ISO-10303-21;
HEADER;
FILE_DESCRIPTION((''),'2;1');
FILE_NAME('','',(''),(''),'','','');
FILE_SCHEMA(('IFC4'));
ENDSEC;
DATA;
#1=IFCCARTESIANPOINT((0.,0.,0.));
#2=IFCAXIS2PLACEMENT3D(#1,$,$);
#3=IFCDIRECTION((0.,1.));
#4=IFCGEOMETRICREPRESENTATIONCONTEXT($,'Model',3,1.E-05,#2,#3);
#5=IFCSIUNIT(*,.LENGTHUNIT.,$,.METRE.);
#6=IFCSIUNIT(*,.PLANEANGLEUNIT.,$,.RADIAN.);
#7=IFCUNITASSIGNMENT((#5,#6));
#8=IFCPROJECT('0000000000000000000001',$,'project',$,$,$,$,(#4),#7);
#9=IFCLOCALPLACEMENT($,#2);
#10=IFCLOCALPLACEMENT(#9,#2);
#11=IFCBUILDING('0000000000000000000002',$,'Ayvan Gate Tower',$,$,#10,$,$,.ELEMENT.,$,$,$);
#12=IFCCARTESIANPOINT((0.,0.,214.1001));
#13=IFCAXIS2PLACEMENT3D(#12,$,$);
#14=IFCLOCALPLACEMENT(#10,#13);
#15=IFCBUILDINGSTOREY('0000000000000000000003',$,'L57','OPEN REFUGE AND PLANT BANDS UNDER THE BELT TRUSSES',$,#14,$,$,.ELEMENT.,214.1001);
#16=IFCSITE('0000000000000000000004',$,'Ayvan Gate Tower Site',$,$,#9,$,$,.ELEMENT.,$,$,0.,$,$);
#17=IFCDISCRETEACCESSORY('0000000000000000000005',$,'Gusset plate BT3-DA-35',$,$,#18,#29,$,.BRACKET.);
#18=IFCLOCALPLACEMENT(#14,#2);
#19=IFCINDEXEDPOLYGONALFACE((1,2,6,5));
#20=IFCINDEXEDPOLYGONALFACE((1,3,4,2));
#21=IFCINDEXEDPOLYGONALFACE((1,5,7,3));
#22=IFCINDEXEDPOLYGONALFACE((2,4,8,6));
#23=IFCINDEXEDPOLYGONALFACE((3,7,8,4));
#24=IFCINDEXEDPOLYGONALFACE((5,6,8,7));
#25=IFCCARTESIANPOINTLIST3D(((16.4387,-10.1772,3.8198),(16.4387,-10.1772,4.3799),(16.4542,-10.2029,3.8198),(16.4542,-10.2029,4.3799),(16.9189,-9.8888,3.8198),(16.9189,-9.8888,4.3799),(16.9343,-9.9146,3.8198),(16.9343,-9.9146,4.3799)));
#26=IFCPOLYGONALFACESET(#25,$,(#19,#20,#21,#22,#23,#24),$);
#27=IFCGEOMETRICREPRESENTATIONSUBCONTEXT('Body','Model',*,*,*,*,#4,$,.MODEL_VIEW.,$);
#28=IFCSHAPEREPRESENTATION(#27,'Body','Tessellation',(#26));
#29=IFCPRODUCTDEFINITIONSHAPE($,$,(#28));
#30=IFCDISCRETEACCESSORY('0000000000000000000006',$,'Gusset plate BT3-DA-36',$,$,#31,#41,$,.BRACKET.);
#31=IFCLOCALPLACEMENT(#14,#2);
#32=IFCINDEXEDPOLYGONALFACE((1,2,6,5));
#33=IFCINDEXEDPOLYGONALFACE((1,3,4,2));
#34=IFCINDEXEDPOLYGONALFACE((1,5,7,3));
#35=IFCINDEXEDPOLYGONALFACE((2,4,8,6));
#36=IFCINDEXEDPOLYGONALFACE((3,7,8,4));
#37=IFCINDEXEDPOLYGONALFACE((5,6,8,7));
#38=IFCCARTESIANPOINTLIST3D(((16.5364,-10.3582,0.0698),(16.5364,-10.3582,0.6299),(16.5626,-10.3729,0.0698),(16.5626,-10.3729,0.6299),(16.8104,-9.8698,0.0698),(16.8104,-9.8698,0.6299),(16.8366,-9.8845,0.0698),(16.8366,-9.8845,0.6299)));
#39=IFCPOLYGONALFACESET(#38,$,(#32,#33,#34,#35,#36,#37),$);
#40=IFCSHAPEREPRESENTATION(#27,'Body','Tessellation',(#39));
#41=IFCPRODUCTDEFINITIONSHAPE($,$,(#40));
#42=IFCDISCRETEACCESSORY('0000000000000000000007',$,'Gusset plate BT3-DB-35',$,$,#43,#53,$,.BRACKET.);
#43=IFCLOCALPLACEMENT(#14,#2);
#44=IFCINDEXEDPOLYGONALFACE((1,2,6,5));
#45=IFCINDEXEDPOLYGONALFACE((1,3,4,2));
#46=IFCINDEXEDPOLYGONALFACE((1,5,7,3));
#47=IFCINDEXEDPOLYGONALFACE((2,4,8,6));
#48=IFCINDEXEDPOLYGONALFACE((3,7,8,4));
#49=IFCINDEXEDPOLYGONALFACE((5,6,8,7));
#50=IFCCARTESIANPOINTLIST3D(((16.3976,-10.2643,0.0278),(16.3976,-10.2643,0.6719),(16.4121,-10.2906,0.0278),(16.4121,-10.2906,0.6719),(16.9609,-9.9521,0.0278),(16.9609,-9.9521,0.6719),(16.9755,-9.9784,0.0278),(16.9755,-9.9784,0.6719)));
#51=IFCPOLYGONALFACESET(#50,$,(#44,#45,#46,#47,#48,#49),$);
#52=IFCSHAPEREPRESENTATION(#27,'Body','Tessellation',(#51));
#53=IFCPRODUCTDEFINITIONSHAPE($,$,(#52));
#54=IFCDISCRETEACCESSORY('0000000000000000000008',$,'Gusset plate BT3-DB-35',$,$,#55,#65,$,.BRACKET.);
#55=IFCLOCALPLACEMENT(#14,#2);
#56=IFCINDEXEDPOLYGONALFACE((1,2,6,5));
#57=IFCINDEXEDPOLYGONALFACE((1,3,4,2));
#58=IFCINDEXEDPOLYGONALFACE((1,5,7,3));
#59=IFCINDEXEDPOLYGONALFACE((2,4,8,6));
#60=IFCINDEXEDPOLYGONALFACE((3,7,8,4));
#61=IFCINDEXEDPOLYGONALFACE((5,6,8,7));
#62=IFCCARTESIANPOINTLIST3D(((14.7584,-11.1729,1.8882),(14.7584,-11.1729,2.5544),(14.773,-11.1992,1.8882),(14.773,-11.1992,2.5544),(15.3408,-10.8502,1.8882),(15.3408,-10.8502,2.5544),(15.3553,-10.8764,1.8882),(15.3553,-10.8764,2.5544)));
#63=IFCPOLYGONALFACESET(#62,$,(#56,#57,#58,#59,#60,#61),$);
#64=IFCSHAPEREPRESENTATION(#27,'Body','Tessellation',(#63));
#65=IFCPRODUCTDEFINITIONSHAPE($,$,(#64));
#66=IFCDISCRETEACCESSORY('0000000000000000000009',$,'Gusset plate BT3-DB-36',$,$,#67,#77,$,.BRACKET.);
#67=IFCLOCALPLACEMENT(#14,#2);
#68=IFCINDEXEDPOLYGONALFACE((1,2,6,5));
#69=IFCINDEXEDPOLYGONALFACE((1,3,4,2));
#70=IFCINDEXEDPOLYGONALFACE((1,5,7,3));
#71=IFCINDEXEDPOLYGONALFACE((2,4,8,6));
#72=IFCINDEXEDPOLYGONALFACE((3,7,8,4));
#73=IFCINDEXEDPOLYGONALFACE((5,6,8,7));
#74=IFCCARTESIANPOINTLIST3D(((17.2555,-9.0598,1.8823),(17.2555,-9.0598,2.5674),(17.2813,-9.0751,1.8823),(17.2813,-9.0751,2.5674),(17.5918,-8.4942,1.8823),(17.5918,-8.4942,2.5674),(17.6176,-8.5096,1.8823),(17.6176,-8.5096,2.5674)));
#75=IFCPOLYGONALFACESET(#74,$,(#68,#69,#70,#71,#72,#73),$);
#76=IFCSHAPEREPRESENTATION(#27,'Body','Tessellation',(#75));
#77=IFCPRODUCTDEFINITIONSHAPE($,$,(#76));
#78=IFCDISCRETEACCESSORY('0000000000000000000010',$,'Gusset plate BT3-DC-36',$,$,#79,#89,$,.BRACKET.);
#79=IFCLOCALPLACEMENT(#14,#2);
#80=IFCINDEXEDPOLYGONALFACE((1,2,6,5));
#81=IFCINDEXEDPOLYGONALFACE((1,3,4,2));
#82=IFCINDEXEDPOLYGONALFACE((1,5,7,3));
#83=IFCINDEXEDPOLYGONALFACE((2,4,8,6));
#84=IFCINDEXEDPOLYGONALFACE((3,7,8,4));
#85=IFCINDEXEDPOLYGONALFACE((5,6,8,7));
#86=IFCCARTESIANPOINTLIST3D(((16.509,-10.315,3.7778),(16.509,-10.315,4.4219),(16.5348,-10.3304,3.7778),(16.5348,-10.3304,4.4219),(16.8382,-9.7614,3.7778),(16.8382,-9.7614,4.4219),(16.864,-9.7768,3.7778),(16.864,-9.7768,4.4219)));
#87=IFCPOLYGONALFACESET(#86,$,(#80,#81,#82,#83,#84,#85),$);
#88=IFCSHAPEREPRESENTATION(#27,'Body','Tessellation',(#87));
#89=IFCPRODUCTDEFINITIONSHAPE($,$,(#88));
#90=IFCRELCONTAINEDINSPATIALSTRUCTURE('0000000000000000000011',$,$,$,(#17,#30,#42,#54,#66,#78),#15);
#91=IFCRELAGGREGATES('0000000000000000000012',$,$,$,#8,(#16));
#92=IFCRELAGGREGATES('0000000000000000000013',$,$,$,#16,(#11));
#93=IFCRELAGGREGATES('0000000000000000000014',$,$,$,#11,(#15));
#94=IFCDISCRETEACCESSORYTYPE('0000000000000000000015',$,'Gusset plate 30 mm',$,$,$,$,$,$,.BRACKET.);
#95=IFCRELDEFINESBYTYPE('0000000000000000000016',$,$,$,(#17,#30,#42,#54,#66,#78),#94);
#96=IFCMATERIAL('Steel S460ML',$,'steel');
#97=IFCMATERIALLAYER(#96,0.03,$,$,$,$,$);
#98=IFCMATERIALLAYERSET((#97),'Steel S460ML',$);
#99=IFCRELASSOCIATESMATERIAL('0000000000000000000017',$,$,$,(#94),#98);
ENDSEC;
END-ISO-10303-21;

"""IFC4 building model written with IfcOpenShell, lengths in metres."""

from ifc_helpers import new_model, si_unit, direction, frame, origin, origin_2d, place, context, subcontext, project, spatial, rectangle, extrude, material, layer, layer_set, type_object, element, save


model = new_model("IFC4")

# Units and contexts
model_context = context("Model", 3, precision=1e-05, world=origin(), true_north=direction((0.0, 1.0)))
body_context = subcontext(model_context, "Body", "Model", "MODEL_VIEW")
ifc_project = project(units=[si_unit("LENGTHUNIT", "METRE"), si_unit("PLANEANGLEUNIT", "RADIAN")], contexts=[model_context])

# Site, building, storey
site_placement = place(None, origin())
site = spatial("IfcSite", under=ifc_project, at=site_placement, Name="Ayvan Gate Tower Site", CompositionType="ELEMENT", RefElevation=0.0)
building_placement = place(site_placement, origin())
building = spatial("IfcBuilding", under=site, at=building_placement, Name="Ayvan Gate Tower", CompositionType="ELEMENT")
storey_placement = place(building_placement, frame((0.0, 0.0, 214.1001)))
storey = spatial("IfcBuildingStorey", under=building, at=storey_placement, Name="L57", Description="OPEN REFUGE AND PLANT BANDS UNDER THE BELT TRUSSES", CompositionType="ELEMENT", Elevation=214.1001)

# Shared definitions
ifc_material_1 = material(Name="Steel S460ML", Category="steel")

# Discrete accessories
ifc_layer_1 = layer(ifc_material_1, 0.03)
ifc_layer_set_1 = layer_set([ifc_layer_1], Name="Steel S460ML")
discrete_accessory_type = type_object("IfcDiscreteAccessoryType", Name="Gusset plate 30 mm", PredefinedType="BRACKET", material=ifc_layer_set_1)
for number, where, z_axis, x_axis, name in (
    (1, (16.6865, -10.0459, 3.8198), (0.0, 0.0, 1.0), (0.857272, 0.514865, 0.0), "Gusset plate BT3-DA-35"),
    (2, (16.6865, -10.1213, 0.0698), (0.0, 0.0, 1.0), (0.489287, 0.872123, 0.0), "Gusset plate BT3-DA-36"),
):
    element("IfcDiscreteAccessory", number, at=place(storey_placement, frame(where, z_axis=z_axis, x_axis=x_axis)), inside=storey, type_object=discrete_accessory_type, Name=name, PredefinedType="BRACKET", context=body_context, shape_type="SweptSolid", body=[
        extrude(rectangle(XDim=0.5601, YDim=0.03, at=origin_2d()), origin(), (0.0, 0.0, 1.0), 0.5601),
    ])
discrete_accessory_1_placement = place(storey_placement, frame((16.6865, -10.1213, 0.0278), z_axis=(0.0, 0.0, 1.0), x_axis=(0.874657, 0.484742, 0.0)))
element("IfcDiscreteAccessory", 3, at=discrete_accessory_1_placement, inside=storey, type_object=discrete_accessory_type, Name="Gusset plate BT3-DB-35", PredefinedType="BRACKET", context=body_context, shape_type="SweptSolid", body=[
    extrude(rectangle(XDim=0.644, YDim=0.03, at=origin_2d()), origin(), (0.0, 0.0, 1.0), 0.644),
])
discrete_accessory_2_placement = place(storey_placement, frame((15.0569, -11.0247, 1.8882), z_axis=(0.0, 0.0, 1.0), x_axis=(0.874657, 0.484742, 0.0)))
element("IfcDiscreteAccessory", 4, at=discrete_accessory_2_placement, inside=storey, type_object=discrete_accessory_type, Name="Gusset plate BT3-DB-35", PredefinedType="BRACKET", context=body_context, shape_type="SweptSolid", body=[
    extrude(rectangle(XDim=0.6658, YDim=0.03, at=origin_2d()), origin(), (0.0, 0.0, 1.0), 0.6663),
])
discrete_accessory_3_placement = place(storey_placement, frame((17.4365, -8.7847, 1.8823), z_axis=(0.0, 0.0, 1.0), x_axis=(0.51111, 0.859515, 0.0)))
element("IfcDiscreteAccessory", 5, at=discrete_accessory_3_placement, inside=storey, type_object=discrete_accessory_type, Name="Gusset plate BT3-DB-36", PredefinedType="BRACKET", context=body_context, shape_type="SweptSolid", body=[
    extrude(rectangle(XDim=0.658, YDim=0.03, at=origin_2d()), origin(), (0.0, 0.0, 1.0), 0.6851),
])
discrete_accessory_4_placement = place(storey_placement, frame((16.6865, -10.0459, 3.7778), z_axis=(0.0, 0.0, 1.0), x_axis=(0.51111, 0.859515, 0.0)))
element("IfcDiscreteAccessory", 6, at=discrete_accessory_4_placement, inside=storey, type_object=discrete_accessory_type, Name="Gusset plate BT3-DC-36", PredefinedType="BRACKET", context=body_context, shape_type="SweptSolid", body=[
    extrude(rectangle(XDim=0.644, YDim=0.03, at=origin_2d()), origin(), (0.0, 0.0, 1.0), 0.644),
])

save(model, "model.ifc")
